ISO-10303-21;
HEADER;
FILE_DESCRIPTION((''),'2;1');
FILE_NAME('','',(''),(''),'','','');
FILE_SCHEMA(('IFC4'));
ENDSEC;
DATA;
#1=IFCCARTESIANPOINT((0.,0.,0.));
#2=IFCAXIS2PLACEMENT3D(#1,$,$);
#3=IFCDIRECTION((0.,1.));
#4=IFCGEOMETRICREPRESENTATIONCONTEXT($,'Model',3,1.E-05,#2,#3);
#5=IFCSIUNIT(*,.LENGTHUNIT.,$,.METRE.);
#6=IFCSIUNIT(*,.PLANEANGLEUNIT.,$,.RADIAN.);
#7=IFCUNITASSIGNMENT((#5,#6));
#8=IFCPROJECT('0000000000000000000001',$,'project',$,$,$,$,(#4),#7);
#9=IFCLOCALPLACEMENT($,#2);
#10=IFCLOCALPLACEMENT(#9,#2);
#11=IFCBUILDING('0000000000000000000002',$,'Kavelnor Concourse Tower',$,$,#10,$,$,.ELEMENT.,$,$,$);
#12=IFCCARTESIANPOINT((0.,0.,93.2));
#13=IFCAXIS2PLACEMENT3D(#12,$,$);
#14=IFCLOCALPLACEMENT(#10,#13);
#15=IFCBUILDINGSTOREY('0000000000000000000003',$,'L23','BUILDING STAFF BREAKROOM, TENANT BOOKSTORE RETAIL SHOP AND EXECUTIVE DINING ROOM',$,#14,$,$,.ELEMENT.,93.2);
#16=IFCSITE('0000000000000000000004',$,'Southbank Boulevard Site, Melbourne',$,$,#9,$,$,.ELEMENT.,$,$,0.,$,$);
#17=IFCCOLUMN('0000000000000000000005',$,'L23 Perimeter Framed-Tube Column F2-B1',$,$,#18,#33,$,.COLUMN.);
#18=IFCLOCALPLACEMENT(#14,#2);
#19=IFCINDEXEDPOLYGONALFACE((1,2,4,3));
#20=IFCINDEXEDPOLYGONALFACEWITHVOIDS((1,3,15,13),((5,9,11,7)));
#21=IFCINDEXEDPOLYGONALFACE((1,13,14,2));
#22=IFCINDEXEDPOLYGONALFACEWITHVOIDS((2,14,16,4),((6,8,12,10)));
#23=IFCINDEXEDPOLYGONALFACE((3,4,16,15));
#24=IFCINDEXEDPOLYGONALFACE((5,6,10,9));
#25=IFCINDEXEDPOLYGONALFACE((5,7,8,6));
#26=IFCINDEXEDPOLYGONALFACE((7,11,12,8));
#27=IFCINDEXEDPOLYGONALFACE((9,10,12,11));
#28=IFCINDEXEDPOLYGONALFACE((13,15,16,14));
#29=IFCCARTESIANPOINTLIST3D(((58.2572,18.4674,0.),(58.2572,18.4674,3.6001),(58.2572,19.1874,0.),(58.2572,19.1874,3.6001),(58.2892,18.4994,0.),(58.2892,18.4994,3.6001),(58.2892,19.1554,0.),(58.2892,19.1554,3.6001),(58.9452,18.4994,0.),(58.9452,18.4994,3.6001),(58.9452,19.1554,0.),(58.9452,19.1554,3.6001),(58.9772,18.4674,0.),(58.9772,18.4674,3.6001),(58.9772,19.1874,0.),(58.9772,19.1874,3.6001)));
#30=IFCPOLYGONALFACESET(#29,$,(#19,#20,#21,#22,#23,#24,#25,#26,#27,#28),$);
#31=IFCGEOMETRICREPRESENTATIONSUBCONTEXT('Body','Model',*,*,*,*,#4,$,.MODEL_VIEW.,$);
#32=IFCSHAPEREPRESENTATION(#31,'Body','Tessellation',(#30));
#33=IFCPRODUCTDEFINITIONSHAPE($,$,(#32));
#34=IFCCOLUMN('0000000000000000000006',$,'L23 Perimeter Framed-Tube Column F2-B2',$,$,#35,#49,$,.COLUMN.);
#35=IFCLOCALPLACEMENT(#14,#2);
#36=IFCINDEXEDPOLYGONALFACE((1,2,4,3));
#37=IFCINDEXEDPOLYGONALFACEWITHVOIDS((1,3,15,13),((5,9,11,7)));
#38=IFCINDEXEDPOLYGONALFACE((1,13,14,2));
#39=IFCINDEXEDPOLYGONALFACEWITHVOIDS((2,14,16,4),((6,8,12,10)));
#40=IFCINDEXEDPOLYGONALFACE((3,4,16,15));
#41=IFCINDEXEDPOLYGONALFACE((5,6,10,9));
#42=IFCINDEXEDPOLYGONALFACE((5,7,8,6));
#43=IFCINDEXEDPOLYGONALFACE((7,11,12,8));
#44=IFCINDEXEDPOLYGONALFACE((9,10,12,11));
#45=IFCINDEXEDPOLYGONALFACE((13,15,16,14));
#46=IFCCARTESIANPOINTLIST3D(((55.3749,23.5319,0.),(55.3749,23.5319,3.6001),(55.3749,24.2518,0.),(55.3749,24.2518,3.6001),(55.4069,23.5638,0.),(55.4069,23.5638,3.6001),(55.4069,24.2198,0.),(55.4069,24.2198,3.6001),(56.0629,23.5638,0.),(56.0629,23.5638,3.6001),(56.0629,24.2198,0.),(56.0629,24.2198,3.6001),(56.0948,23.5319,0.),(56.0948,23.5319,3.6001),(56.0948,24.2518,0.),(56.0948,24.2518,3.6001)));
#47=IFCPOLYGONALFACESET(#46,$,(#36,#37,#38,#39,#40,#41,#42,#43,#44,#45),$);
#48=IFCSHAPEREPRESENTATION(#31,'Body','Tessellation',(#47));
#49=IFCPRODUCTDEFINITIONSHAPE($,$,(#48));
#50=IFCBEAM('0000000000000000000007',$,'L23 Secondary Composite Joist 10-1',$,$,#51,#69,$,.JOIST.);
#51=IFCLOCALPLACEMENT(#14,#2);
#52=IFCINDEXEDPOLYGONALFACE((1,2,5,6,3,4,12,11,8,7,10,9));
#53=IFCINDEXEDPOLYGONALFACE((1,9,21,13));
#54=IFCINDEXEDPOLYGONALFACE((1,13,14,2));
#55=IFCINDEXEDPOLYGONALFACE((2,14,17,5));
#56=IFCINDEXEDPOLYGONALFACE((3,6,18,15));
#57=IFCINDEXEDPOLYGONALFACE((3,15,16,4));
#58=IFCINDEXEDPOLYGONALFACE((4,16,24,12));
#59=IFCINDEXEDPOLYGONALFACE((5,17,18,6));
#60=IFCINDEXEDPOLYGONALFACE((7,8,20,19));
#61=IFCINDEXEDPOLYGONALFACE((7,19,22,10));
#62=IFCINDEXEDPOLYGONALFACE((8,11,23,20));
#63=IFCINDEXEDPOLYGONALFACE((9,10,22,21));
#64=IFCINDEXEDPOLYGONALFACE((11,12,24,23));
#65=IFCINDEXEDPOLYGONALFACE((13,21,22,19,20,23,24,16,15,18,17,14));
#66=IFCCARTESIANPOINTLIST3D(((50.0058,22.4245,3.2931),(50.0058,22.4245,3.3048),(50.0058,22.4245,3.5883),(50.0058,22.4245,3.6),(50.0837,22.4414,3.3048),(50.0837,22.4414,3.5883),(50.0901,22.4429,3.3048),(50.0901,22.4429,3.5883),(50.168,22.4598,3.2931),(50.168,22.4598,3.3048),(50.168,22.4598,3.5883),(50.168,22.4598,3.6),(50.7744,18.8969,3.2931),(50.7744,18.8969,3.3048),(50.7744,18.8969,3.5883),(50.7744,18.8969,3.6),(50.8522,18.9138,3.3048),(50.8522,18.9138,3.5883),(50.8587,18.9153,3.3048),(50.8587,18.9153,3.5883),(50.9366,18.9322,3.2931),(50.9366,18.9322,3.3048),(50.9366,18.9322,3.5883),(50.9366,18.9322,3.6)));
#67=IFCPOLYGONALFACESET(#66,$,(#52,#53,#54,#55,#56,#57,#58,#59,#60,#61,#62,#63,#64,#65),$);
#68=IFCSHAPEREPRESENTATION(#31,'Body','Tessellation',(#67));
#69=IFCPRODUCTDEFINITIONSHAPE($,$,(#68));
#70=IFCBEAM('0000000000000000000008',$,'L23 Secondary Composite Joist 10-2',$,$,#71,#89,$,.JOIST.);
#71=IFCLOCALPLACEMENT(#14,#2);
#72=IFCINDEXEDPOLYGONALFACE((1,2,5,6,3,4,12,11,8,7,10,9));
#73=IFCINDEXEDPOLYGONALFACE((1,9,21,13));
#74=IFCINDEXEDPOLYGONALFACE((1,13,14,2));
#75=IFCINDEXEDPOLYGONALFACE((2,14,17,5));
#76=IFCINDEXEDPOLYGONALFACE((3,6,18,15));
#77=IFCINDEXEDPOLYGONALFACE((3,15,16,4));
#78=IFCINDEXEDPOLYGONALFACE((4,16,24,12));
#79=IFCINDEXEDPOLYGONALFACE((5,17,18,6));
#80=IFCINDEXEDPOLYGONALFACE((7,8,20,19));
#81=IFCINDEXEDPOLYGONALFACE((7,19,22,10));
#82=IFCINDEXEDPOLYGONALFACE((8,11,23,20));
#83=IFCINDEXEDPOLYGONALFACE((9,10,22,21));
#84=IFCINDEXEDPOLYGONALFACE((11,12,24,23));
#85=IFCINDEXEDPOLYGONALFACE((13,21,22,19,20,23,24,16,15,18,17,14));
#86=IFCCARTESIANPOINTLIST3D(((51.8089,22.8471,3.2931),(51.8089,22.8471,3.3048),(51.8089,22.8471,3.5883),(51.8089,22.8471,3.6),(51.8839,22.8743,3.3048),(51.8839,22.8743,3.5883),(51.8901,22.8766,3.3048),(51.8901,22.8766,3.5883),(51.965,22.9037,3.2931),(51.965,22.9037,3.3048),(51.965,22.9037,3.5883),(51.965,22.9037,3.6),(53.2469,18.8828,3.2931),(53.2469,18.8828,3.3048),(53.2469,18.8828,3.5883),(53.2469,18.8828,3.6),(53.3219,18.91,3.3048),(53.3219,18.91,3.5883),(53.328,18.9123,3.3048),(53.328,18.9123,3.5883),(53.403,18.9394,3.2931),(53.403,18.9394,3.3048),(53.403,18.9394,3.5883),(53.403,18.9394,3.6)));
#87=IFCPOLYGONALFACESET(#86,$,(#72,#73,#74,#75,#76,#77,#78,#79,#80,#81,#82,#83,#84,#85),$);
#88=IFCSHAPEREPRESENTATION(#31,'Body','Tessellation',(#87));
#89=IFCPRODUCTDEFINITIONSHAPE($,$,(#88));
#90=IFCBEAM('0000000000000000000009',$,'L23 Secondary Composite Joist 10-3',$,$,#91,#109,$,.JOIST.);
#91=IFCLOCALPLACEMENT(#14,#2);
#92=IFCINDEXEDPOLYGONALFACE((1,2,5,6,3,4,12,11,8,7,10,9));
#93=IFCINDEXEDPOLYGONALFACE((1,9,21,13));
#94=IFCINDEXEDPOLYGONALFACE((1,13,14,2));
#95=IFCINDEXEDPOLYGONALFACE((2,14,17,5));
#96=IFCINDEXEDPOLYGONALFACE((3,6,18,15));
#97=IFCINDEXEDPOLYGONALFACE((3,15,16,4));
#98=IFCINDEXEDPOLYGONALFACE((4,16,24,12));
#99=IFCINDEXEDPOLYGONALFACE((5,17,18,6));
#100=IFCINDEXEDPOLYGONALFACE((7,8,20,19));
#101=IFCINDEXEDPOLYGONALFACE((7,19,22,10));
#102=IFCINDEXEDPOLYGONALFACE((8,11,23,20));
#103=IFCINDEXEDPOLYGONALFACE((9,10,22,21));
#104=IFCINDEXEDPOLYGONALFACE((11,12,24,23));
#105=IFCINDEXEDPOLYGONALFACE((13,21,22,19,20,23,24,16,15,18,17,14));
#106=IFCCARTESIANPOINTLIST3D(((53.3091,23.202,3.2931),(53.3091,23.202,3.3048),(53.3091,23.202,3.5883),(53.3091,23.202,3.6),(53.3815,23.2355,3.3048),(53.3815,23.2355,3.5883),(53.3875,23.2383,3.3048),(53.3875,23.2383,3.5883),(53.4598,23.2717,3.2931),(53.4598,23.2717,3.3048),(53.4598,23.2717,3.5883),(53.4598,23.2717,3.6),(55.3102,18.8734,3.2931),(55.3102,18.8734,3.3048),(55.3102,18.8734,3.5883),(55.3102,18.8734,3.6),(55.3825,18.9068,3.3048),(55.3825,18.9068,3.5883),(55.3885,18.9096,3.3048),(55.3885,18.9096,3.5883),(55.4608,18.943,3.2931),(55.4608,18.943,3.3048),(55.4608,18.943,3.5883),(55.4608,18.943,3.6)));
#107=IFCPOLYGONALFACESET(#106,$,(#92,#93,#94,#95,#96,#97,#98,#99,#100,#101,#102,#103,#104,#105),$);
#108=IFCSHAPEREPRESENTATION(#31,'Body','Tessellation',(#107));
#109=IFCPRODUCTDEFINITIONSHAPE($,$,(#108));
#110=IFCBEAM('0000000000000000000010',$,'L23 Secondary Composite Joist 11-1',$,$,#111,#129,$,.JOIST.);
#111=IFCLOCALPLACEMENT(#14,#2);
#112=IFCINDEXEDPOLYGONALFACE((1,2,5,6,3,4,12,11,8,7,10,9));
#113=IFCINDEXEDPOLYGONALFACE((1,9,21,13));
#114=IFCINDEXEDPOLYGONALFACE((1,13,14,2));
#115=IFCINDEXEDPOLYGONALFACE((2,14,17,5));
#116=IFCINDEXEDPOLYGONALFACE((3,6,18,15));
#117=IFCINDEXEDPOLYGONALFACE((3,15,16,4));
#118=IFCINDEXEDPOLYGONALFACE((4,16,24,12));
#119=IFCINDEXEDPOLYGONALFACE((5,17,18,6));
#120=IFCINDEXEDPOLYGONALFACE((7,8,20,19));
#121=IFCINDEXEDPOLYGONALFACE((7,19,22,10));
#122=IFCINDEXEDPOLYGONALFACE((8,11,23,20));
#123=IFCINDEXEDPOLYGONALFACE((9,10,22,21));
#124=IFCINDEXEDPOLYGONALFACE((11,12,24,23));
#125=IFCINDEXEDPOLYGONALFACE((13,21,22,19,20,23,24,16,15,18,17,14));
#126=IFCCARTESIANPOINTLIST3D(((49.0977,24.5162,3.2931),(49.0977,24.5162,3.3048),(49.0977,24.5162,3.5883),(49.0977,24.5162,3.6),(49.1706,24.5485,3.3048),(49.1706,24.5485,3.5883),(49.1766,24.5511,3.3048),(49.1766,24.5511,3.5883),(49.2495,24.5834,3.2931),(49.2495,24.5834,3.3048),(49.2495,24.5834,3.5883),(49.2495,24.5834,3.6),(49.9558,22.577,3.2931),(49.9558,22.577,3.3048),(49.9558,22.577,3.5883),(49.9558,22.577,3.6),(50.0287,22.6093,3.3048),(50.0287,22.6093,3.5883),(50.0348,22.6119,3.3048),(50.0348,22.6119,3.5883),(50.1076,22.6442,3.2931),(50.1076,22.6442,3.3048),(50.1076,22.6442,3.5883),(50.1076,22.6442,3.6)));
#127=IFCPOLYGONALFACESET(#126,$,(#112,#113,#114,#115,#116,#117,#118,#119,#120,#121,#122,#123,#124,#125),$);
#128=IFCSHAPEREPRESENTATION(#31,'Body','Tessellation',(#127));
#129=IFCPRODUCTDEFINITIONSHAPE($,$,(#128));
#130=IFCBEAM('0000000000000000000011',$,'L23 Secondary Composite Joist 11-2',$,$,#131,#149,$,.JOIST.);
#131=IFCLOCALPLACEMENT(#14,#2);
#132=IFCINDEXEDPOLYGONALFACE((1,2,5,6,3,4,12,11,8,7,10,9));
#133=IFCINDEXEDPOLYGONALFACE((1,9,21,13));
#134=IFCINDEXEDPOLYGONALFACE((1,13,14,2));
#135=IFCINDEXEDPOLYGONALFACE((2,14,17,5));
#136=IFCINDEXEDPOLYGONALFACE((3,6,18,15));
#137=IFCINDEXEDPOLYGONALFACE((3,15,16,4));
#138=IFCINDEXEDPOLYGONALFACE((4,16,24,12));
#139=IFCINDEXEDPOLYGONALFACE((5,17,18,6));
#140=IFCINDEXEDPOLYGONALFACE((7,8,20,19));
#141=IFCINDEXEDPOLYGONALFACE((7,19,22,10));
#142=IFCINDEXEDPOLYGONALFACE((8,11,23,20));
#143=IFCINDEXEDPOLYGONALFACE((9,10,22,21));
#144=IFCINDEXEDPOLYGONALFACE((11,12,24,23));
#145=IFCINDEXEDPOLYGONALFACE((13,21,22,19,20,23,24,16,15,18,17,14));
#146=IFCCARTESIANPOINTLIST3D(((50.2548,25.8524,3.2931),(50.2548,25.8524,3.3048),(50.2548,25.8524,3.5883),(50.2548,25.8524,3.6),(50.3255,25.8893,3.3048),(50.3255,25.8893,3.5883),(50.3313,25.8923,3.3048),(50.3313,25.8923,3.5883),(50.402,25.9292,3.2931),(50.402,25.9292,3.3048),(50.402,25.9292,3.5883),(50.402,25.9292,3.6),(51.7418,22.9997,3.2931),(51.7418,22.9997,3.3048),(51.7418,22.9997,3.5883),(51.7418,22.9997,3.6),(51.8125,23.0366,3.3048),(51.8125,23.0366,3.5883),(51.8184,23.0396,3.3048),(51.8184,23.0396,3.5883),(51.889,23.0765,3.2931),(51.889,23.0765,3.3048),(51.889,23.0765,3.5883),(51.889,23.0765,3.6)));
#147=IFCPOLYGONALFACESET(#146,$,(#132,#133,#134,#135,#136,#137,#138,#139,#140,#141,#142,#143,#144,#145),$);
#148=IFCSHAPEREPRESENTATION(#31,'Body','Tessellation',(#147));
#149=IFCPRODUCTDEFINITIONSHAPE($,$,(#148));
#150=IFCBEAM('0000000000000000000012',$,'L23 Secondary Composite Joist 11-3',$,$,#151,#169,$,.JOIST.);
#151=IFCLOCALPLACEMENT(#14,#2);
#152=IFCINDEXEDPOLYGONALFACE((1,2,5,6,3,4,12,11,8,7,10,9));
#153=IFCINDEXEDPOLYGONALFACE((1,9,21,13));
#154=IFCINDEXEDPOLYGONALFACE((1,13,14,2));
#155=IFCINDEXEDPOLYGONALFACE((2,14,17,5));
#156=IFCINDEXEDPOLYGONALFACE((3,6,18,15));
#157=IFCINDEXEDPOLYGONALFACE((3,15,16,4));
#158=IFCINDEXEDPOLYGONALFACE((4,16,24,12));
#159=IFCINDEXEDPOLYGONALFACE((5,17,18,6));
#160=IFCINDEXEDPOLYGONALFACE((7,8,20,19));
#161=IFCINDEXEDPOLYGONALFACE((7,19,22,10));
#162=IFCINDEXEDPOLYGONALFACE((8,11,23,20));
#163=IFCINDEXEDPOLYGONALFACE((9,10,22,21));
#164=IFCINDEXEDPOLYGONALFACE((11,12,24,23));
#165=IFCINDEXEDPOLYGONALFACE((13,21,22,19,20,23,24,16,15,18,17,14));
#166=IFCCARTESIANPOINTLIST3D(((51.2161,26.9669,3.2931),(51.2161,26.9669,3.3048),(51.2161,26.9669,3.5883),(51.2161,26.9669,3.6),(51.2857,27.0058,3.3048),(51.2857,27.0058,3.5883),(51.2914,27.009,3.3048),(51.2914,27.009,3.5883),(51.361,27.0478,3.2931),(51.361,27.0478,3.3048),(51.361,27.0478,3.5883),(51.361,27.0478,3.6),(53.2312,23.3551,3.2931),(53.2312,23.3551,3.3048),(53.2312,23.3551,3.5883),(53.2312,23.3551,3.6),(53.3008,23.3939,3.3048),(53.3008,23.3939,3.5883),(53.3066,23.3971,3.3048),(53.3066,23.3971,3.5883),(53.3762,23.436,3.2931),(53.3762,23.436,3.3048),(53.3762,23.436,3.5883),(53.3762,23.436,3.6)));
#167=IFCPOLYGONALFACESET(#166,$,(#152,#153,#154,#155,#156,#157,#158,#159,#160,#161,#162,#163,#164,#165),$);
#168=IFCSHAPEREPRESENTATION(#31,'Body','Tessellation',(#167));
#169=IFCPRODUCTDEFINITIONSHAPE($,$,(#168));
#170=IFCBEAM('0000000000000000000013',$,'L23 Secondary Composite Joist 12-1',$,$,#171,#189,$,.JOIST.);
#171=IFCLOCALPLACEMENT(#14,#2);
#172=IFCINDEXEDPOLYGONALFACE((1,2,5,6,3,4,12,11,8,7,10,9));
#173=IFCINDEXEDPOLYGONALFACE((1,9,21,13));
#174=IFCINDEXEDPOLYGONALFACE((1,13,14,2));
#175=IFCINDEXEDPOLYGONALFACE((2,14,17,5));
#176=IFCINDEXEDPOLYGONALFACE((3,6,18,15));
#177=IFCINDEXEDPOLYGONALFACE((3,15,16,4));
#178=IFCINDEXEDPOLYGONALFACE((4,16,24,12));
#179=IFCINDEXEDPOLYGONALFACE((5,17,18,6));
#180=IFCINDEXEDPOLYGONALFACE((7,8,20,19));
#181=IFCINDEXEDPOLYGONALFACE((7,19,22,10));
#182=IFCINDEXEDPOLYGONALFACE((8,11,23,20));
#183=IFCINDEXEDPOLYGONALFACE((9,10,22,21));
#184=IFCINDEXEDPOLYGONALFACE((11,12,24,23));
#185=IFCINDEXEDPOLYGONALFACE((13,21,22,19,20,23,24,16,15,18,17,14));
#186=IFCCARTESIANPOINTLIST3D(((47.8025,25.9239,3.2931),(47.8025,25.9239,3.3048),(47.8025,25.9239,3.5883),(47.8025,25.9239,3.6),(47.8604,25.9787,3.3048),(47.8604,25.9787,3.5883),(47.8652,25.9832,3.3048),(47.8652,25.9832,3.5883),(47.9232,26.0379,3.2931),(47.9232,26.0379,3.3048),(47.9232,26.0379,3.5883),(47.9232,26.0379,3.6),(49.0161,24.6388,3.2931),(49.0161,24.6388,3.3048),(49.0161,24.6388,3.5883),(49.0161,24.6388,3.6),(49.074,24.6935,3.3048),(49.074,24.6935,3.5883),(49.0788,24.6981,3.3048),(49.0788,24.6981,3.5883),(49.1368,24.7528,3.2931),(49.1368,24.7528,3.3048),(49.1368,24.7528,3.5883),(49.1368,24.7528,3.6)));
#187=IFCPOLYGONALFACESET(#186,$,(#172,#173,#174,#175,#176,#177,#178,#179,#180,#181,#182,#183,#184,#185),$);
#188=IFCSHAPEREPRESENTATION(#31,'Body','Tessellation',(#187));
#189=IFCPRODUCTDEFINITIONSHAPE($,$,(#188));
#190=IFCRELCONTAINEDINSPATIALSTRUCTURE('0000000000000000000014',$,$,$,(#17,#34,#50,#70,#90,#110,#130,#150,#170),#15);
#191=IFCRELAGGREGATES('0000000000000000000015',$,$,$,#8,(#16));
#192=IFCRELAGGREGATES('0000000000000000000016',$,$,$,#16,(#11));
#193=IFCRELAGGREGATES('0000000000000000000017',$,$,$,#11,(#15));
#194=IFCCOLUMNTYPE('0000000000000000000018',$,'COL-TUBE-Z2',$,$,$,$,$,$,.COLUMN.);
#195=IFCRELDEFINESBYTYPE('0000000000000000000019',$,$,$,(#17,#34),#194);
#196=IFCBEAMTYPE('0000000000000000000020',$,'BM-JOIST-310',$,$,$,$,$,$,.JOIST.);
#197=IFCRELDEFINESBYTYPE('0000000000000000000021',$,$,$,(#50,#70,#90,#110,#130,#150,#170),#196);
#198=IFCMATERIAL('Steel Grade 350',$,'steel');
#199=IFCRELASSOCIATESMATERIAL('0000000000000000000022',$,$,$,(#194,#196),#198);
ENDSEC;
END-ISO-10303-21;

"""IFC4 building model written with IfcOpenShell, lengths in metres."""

from ifc_helpers import new_model, si_unit, direction, frame, origin, origin_2d, place, context, subcontext, project, spatial, hollow_rectangle, i_section, extrude, material, material_profile, profile_set, type_object, element, save


model = new_model("IFC4")

# Units and contexts
model_context = context("Model", 3, precision=1e-05, world=origin(), true_north=direction((0.0, 1.0)))
body_context = subcontext(model_context, "Body", "Model", "MODEL_VIEW")
ifc_project = project(units=[si_unit("LENGTHUNIT", "METRE"), si_unit("PLANEANGLEUNIT", "RADIAN")], contexts=[model_context])

# Site, building, storey
site_placement = place(None, origin())
site = spatial("IfcSite", under=ifc_project, at=site_placement, Name="Southbank Boulevard Site, Melbourne", CompositionType="ELEMENT", RefElevation=0.0)
building_placement = place(site_placement, origin())
building = spatial("IfcBuilding", under=site, at=building_placement, Name="Kavelnor Concourse Tower", CompositionType="ELEMENT")
storey_placement = place(building_placement, frame((0.0, 0.0, 93.2)))
storey = spatial("IfcBuildingStorey", under=building, at=storey_placement, Name="L23", Description="BUILDING STAFF BREAKROOM, TENANT BOOKSTORE RETAIL SHOP AND EXECUTIVE DINING ROOM", CompositionType="ELEMENT", Elevation=93.2)

# Columns
ifc_material_1 = material(Name="Steel Grade 350", Category="steel")
ifc_material_profile_1 = material_profile(ifc_material_1, hollow_rectangle(XDim=0.72, YDim=0.72, WallThickness=0.032, at=origin_2d()), Name="SHS 720x720x32")
ifc_profile_set_1 = profile_set([ifc_material_profile_1], Name="Steel Grade 350")
column_type = type_object("IfcColumnType", Name="COL-TUBE-Z2", PredefinedType="COLUMN", material=ifc_profile_set_1)
for number, where, z_axis, x_axis, name in (
    (1, (58.6172, 18.8274, 0.0), (0.0, 0.0, 1.0), (1.0, 0.0, 0.0), "L23 Perimeter Framed-Tube Column F2-B1"),
    (2, (55.7349, 23.8918, 0.0), (0.0, 0.0, 1.0), (1.0, 0.0, 0.0), "L23 Perimeter Framed-Tube Column F2-B2"),
):
    element("IfcColumn", number, at=place(storey_placement, frame(where, z_axis=z_axis, x_axis=x_axis)), inside=storey, type_object=column_type, Name=name, PredefinedType="COLUMN", context=body_context, shape_type="SweptSolid", body=[
        extrude(hollow_rectangle(XDim=0.72, YDim=0.72, WallThickness=0.032, at=origin_2d()), origin(), (0.0, 0.0, 1.0), 3.6001),
    ])

# Beams
ifc_material_profile_2 = material_profile(ifc_material_1, i_section(OverallWidth=0.166, OverallDepth=0.3069, WebThickness=0.0066, FlangeThickness=0.0117, at=origin_2d()), Name="310UB46")
ifc_profile_set_2 = profile_set([ifc_material_profile_2], Name="Steel Grade 350")
beam_type_1 = type_object("IfcBeamType", Name="BM-JOIST-310", PredefinedType="JOIST", material=ifc_profile_set_2)
beam_1_placement = place(storey_placement, frame((50.8555, 18.9146, 3.4465), z_axis=(-0.212876, 0.977079, 0.0), x_axis=(-0.977079, -0.212876, 0.0)))
element("IfcBeam", 3, at=beam_1_placement, inside=storey, type_object=beam_type_1, Name="L23 Secondary Composite Joist 10-1", PredefinedType="JOIST", context=body_context, shape_type="SweptSolid", body=[
    extrude(i_section(OverallWidth=0.166, OverallDepth=0.3069, WebThickness=0.0066, FlangeThickness=0.0117, at=origin_2d()), origin(), (0.0, 0.0, 1.0), 3.6104),
])
beam_2_placement = place(storey_placement, frame((53.325, 18.9111, 3.4465), z_axis=(-0.34099, 0.940067, 0.0), x_axis=(-0.940067, -0.34099, 0.0)))
element("IfcBeam", 4, at=beam_2_placement, inside=storey, type_object=beam_type_1, Name="L23 Secondary Composite Joist 10-2", PredefinedType="JOIST", context=body_context, shape_type="SweptSolid", body=[
    extrude(i_section(OverallWidth=0.166, OverallDepth=0.3069, WebThickness=0.0066, FlangeThickness=0.0117, at=origin_2d()), origin(), (0.0, 0.0, 1.0), 4.217),
])
beam_3_placement = place(storey_placement, frame((55.3855, 18.9082, 3.4465), z_axis=(-0.419604, 0.907707, 0.0), x_axis=(-0.907707, -0.419604, 0.0)))
element("IfcBeam", 5, at=beam_3_placement, inside=storey, type_object=beam_type_1, Name="L23 Secondary Composite Joist 10-3", PredefinedType="JOIST", context=body_context, shape_type="SweptSolid", body=[
    extrude(i_section(OverallWidth=0.166, OverallDepth=0.3069, WebThickness=0.0066, FlangeThickness=0.0117, at=origin_2d()), origin(), (0.0, 0.0, 1.0), 4.7688),
])
beam_4_placement = place(storey_placement, frame((50.0317, 22.6106, 3.4465), z_axis=(-0.404675, 0.914461, 0.0), x_axis=(-0.914461, -0.404675, 0.0)))
element("IfcBeam", 6, at=beam_4_placement, inside=storey, type_object=beam_type_1, Name="L23 Secondary Composite Joist 11-1", PredefinedType="JOIST", context=body_context, shape_type="SweptSolid", body=[
    extrude(i_section(OverallWidth=0.166, OverallDepth=0.3069, WebThickness=0.0066, FlangeThickness=0.0117, at=origin_2d()), origin(), (0.0, 0.0, 1.0), 2.1206),
])
beam_5_placement = place(storey_placement, frame((51.8154, 23.0381, 3.4465), z_axis=(-0.462237, 0.886757, 0.0), x_axis=(-0.886757, -0.462237, 0.0)))
element("IfcBeam", 7, at=beam_5_placement, inside=storey, type_object=beam_type_1, Name="L23 Secondary Composite Joist 11-2", PredefinedType="JOIST", context=body_context, shape_type="SweptSolid", body=[
    extrude(i_section(OverallWidth=0.166, OverallDepth=0.3069, WebThickness=0.0066, FlangeThickness=0.0117, at=origin_2d()), origin(), (0.0, 0.0, 1.0), 3.217),
])
beam_6_placement = place(storey_placement, frame((53.3037, 23.3955, 3.4465), z_axis=(-0.487226, 0.873276, 0.0), x_axis=(-0.873276, -0.487226, 0.0)))
element("IfcBeam", 8, at=beam_6_placement, inside=storey, type_object=beam_type_1, Name="L23 Secondary Composite Joist 11-3", PredefinedType="JOIST", context=body_context, shape_type="SweptSolid", body=[
    extrude(i_section(OverallWidth=0.166, OverallDepth=0.3069, WebThickness=0.0066, FlangeThickness=0.0117, at=origin_2d()), origin(), (0.0, 0.0, 1.0), 4.136),
])
beam_7_placement = place(storey_placement, frame((49.0764, 24.6958, 3.4465), z_axis=(-0.686583, 0.727051, 0.0), x_axis=(-0.727051, -0.686583, 0.0)))
element("IfcBeam", 9, at=beam_7_placement, inside=storey, type_object=beam_type_1, Name="L23 Secondary Composite Joist 12-1", PredefinedType="JOIST", context=body_context, shape_type="SweptSolid", body=[
    extrude(i_section(OverallWidth=0.166, OverallDepth=0.3069, WebThickness=0.0066, FlangeThickness=0.0117, at=origin_2d()), origin(), (0.0, 0.0, 1.0), 1.7676),
])

save(model, "model.ifc")
